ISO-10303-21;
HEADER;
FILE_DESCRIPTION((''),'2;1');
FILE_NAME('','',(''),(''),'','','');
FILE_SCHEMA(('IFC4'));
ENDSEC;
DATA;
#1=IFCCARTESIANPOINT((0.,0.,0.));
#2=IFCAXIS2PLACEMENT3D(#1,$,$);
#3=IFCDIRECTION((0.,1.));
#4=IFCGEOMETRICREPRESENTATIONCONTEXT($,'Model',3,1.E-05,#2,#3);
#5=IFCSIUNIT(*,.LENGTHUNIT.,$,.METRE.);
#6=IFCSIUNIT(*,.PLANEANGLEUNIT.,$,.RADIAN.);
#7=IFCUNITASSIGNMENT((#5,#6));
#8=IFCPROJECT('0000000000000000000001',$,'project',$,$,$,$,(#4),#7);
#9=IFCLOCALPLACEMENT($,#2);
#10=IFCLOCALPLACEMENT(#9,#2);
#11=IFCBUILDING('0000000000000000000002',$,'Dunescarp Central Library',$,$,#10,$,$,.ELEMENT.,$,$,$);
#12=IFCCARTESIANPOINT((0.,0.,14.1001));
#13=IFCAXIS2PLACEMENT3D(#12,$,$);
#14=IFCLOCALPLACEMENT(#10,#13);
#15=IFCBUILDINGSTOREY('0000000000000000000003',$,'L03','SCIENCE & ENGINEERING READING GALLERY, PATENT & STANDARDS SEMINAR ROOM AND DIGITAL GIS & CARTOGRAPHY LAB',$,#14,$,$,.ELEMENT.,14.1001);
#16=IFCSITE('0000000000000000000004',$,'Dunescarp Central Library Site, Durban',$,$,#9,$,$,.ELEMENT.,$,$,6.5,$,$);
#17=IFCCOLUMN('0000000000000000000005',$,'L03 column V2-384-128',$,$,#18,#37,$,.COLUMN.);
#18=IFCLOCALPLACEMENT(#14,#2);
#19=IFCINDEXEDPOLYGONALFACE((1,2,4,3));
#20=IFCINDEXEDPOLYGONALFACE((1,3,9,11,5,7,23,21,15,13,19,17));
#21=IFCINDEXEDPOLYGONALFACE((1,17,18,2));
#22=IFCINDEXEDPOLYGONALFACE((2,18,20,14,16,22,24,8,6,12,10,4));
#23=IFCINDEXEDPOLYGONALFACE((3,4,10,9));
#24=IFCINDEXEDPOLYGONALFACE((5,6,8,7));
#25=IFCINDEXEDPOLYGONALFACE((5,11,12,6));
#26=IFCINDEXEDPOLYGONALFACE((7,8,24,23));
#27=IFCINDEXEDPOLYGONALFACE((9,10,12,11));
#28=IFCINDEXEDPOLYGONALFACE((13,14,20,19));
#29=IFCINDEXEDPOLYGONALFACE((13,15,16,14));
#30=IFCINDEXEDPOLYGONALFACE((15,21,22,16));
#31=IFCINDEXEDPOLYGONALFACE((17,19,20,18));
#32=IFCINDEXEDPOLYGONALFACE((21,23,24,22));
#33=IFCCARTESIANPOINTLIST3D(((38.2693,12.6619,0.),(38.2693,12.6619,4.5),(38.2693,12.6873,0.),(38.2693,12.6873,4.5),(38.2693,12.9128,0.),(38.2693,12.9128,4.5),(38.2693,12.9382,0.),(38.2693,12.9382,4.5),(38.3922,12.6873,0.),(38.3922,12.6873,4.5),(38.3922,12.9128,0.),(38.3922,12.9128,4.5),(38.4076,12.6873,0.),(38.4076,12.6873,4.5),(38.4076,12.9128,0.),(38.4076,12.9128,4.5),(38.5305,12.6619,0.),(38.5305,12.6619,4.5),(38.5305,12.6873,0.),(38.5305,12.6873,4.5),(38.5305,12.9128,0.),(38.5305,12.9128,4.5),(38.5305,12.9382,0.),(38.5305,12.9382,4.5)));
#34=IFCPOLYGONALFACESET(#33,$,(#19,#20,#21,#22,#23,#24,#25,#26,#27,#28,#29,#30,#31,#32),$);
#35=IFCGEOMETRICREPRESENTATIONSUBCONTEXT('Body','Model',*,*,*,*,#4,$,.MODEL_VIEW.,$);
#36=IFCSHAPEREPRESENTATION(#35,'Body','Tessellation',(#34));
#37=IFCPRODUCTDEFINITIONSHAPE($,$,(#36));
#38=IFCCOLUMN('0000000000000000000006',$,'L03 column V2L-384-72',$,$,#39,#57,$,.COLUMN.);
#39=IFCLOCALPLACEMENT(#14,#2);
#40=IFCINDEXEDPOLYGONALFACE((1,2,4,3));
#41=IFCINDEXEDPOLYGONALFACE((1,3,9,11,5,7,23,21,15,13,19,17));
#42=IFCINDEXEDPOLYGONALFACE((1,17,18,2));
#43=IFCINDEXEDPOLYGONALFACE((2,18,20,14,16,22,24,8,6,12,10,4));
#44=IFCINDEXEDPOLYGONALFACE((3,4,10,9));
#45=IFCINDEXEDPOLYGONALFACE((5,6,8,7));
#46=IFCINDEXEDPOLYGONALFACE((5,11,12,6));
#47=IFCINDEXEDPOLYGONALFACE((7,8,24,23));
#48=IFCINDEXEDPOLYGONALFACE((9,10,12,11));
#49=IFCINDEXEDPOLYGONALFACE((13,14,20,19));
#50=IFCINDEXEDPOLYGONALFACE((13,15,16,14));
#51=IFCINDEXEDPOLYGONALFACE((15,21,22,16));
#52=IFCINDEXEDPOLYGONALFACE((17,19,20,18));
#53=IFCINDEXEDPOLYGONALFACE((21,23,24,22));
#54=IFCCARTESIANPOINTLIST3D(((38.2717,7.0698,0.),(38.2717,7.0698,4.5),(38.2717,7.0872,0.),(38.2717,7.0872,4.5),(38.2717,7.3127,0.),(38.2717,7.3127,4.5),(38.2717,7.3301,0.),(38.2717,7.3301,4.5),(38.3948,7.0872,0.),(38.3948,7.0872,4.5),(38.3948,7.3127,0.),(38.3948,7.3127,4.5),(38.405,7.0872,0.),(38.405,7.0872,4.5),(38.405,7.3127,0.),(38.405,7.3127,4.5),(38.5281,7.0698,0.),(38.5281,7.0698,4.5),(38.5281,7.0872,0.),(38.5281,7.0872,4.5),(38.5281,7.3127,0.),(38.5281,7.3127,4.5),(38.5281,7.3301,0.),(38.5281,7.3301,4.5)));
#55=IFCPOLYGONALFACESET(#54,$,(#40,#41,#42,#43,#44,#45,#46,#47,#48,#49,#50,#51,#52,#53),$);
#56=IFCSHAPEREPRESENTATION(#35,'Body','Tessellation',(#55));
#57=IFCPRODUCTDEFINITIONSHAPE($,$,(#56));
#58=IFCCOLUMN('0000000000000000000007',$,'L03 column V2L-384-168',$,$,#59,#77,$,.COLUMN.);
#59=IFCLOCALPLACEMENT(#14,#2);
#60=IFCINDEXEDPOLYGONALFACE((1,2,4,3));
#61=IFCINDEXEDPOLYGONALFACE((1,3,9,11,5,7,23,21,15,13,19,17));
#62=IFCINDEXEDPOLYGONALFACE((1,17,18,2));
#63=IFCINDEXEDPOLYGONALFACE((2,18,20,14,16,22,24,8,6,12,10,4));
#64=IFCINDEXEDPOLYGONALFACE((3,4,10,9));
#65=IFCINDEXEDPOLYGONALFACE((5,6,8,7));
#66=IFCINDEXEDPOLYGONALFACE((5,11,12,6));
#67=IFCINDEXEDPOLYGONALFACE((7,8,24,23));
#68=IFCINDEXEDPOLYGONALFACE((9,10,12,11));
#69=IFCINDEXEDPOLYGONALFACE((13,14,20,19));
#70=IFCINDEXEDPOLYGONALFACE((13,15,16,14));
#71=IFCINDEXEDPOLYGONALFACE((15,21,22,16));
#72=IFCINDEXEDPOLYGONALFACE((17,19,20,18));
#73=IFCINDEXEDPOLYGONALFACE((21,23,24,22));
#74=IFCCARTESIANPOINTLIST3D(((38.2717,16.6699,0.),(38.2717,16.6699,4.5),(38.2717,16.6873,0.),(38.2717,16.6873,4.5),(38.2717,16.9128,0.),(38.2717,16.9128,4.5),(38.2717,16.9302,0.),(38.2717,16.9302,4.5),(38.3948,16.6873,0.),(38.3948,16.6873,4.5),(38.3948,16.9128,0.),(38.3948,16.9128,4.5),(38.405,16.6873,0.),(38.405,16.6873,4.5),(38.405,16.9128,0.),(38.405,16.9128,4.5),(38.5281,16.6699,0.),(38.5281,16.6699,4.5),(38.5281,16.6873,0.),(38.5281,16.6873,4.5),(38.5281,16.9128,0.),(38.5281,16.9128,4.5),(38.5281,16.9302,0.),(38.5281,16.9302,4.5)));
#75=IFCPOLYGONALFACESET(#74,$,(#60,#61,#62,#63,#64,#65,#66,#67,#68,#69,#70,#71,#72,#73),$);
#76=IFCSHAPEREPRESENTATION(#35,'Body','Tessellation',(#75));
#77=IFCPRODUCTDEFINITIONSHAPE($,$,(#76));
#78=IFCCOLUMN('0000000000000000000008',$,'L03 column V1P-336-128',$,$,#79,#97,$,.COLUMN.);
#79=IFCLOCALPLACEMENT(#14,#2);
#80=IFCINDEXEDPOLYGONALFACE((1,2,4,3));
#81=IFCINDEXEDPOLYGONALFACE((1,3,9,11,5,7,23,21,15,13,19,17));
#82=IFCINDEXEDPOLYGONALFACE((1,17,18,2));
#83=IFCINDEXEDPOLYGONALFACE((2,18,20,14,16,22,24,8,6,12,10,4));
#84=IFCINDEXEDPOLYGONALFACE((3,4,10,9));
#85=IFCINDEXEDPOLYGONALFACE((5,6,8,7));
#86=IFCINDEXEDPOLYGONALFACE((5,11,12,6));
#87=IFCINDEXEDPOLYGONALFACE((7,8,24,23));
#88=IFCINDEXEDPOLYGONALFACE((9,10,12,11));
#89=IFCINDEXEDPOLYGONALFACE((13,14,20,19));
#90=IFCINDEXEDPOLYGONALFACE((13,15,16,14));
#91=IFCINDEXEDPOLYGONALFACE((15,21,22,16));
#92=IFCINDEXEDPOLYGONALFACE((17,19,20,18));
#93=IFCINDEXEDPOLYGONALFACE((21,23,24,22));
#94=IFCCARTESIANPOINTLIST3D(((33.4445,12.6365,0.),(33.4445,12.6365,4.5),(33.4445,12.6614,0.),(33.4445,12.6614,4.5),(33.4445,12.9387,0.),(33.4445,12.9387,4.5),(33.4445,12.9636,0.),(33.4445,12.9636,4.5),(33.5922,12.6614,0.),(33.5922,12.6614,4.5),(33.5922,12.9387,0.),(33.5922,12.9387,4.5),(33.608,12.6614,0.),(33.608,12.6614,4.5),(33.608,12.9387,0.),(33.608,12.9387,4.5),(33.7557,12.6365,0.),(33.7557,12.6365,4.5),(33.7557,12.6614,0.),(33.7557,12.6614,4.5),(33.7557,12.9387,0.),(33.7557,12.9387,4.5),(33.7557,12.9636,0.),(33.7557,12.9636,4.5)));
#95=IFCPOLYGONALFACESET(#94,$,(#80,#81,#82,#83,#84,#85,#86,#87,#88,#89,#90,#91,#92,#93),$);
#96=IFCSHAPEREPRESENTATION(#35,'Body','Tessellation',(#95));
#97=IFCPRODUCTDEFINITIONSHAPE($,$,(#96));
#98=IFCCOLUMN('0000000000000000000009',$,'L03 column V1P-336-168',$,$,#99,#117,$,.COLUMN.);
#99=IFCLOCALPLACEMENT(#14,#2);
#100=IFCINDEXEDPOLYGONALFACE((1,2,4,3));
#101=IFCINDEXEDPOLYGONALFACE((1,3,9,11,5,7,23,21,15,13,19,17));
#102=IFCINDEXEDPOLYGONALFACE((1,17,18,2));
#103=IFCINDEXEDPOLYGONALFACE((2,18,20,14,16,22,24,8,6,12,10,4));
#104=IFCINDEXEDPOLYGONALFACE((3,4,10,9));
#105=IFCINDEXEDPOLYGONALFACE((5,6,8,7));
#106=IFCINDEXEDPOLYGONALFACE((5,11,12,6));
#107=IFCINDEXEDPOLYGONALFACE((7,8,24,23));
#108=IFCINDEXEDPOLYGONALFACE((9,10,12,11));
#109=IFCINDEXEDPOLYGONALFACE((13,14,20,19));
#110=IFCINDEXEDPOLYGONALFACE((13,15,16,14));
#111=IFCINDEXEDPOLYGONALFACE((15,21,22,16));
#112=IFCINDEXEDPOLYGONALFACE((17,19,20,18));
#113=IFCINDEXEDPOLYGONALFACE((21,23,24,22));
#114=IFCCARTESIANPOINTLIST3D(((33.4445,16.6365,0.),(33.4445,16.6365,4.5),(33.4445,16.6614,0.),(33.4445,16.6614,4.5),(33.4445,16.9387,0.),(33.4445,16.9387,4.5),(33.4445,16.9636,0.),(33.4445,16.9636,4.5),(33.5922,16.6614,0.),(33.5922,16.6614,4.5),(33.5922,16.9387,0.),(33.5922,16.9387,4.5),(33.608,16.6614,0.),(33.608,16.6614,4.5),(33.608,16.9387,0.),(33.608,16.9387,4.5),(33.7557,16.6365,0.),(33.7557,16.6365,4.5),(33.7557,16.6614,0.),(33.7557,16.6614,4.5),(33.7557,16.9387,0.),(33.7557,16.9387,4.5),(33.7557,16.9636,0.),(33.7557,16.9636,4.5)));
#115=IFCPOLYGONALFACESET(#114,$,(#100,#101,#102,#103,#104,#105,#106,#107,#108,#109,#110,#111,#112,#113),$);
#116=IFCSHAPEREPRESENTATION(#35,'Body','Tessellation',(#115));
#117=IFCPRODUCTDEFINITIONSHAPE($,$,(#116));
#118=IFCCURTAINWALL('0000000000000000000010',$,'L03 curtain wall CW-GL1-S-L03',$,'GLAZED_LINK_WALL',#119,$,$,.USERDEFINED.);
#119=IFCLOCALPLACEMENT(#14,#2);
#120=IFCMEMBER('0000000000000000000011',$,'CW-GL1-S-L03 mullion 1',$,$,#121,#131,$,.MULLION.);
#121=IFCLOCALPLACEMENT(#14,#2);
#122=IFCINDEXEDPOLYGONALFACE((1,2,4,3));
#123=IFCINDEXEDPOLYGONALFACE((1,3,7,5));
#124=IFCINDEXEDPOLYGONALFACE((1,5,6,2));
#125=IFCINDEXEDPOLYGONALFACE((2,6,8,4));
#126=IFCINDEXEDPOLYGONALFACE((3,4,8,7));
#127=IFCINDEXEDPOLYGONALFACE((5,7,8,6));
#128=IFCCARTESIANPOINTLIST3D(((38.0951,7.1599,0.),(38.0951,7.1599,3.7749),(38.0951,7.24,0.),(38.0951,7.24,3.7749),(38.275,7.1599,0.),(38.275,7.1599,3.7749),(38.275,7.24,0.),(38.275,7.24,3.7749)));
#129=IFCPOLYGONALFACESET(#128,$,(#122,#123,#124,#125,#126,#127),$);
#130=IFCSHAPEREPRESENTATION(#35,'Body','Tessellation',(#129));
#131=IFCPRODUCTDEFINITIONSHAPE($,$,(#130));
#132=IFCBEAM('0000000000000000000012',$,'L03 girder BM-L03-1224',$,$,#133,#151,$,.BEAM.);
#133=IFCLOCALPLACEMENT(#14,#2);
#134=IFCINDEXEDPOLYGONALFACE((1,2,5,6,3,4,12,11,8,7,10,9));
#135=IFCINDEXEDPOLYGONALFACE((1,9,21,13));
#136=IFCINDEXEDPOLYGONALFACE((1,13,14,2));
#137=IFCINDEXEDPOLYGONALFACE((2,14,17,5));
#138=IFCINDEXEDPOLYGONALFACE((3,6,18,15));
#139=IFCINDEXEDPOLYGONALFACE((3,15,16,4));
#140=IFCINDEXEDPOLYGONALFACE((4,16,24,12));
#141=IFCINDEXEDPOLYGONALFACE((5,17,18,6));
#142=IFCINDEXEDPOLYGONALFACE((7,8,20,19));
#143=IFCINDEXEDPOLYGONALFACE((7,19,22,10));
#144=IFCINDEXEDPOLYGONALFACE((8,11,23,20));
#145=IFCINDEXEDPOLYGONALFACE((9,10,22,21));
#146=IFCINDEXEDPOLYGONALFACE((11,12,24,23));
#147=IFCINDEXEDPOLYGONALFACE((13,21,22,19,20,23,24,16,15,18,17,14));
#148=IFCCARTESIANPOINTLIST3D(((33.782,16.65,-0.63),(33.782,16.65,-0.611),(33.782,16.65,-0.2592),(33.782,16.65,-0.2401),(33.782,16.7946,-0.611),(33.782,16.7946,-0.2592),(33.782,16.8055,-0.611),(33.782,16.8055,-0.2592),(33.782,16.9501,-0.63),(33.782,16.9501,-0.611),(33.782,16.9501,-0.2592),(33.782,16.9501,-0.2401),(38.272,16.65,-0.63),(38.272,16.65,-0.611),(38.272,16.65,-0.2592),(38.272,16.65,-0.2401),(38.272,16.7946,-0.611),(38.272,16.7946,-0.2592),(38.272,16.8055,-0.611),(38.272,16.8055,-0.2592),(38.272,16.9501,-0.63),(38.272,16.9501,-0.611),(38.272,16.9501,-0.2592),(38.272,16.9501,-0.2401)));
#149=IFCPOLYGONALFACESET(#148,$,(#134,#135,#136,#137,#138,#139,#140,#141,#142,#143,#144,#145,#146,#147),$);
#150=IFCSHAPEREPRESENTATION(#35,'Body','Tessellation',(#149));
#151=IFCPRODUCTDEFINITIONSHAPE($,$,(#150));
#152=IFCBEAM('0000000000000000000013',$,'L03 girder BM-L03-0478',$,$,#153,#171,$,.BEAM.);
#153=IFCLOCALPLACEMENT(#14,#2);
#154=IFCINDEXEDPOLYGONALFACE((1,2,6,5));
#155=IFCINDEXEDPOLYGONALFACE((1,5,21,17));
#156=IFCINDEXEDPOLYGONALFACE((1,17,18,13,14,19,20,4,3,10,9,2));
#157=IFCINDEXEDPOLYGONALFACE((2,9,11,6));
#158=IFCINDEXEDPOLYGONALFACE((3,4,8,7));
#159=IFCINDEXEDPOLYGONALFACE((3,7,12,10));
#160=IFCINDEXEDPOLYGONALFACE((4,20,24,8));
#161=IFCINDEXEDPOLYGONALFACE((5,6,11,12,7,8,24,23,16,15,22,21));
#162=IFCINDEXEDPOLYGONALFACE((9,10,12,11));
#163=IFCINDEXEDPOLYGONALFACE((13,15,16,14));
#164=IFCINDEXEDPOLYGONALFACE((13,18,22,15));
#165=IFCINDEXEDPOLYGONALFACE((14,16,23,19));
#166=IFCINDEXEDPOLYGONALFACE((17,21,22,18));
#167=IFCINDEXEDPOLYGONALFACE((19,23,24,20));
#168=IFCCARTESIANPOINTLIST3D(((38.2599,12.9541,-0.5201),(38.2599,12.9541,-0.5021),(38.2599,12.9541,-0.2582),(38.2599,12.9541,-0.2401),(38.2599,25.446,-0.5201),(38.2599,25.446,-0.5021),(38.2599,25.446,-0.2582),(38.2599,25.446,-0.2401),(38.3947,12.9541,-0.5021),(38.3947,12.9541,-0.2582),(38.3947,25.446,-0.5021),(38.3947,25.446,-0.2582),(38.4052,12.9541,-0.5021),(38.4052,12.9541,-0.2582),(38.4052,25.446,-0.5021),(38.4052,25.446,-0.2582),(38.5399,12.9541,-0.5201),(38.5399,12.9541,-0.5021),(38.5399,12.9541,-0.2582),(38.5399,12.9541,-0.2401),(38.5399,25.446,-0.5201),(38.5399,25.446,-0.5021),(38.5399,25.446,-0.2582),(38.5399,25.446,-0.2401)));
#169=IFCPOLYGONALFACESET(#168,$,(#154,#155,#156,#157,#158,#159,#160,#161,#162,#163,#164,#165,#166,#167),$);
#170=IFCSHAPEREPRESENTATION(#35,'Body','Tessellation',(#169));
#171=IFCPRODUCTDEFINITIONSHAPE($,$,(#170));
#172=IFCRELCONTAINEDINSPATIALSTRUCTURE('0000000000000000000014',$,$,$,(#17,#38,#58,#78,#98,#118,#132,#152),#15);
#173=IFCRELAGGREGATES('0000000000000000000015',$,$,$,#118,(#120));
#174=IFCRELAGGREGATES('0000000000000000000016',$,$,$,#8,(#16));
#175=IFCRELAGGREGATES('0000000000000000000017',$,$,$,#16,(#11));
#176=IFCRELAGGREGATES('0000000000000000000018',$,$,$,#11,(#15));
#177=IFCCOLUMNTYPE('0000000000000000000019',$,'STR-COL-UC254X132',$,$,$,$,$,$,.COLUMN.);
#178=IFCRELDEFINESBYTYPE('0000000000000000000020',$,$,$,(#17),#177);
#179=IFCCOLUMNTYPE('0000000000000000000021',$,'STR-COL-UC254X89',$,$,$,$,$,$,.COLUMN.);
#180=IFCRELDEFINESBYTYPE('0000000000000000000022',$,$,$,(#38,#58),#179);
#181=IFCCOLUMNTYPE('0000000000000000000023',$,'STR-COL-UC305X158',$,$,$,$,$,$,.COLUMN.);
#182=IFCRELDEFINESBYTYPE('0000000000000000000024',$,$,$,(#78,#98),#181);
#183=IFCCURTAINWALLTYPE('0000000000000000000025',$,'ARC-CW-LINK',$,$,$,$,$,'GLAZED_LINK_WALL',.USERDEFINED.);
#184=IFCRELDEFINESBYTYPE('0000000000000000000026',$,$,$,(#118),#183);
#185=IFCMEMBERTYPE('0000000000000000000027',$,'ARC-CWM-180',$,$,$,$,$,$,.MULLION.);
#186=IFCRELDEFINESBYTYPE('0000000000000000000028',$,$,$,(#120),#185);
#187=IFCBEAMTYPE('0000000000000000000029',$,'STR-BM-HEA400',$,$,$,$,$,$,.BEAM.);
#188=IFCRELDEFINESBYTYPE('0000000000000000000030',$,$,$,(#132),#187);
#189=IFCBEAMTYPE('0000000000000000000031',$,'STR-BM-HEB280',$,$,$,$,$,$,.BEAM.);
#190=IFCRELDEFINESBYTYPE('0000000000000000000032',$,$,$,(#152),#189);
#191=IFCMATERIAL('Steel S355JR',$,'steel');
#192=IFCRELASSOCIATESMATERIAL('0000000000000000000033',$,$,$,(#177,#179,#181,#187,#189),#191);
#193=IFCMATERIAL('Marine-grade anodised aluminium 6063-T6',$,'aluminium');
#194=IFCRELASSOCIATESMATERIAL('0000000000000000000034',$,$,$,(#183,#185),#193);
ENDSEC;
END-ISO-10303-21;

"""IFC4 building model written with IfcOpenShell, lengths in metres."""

from ifc_helpers import new_model, si_unit, direction, frame, origin, origin_2d, place, context, subcontext, project, spatial, rectangle, i_section, extrude, material, material_profile, profile_set, type_object, element, aggregate, save


model = new_model("IFC4")

# Units and contexts
model_context = context("Model", 3, precision=1e-05, world=origin(), true_north=direction((0.0, 1.0)))
body_context = subcontext(model_context, "Body", "Model", "MODEL_VIEW")
ifc_project = project(units=[si_unit("LENGTHUNIT", "METRE"), si_unit("PLANEANGLEUNIT", "RADIAN")], contexts=[model_context])

# Site, building, storey
site_placement = place(None, origin())
site = spatial("IfcSite", under=ifc_project, at=site_placement, Name="Dunescarp Central Library Site, Durban", CompositionType="ELEMENT", RefElevation=6.5)
building_placement = place(site_placement, origin())
building = spatial("IfcBuilding", under=site, at=building_placement, Name="Dunescarp Central Library", CompositionType="ELEMENT")
storey_placement = place(building_placement, frame((0.0, 0.0, 14.1001)))
storey = spatial("IfcBuildingStorey", under=building, at=storey_placement, Name="L03", Description="SCIENCE & ENGINEERING READING GALLERY, PATENT & STANDARDS SEMINAR ROOM AND DIGITAL GIS & CARTOGRAPHY LAB", CompositionType="ELEMENT", Elevation=14.1001)

# Columns
ifc_material_1 = material(Name="Steel S355JR", Category="steel")
ifc_material_profile_1 = material_profile(ifc_material_1, i_section(OverallWidth=0.2612, OverallDepth=0.2764, WebThickness=0.0154, FlangeThickness=0.0254, at=origin_2d()), Name="UC 254x254x132")
ifc_profile_set_1 = profile_set([ifc_material_profile_1], Name="Steel S355JR")
column_type_1 = type_object("IfcColumnType", Name="STR-COL-UC254X132", PredefinedType="COLUMN", material=ifc_profile_set_1)
column_placement = place(storey_placement, frame((38.3999, 12.8, 0.0), z_axis=(0.0, 0.0, 1.0), x_axis=(1.0, 0.0, 0.0)))
element("IfcColumn", 1, at=column_placement, inside=storey, type_object=column_type_1, Name="L03 column V2-384-128", PredefinedType="COLUMN", context=body_context, shape_type="SweptSolid", body=[
    extrude(i_section(OverallWidth=0.2612, OverallDepth=0.2764, WebThickness=0.0154, FlangeThickness=0.0254, at=origin_2d()), origin(), (0.0, 0.0, 1.0), 4.5),
])
ifc_material_profile_2 = material_profile(ifc_material_1, i_section(OverallWidth=0.2563, OverallDepth=0.2603, WebThickness=0.0103, FlangeThickness=0.0173, at=origin_2d()), Name="UC 254x254x89")
ifc_profile_set_2 = profile_set([ifc_material_profile_2], Name="Steel S355JR")
column_type_2 = type_object("IfcColumnType", Name="STR-COL-UC254X89", PredefinedType="COLUMN", material=ifc_profile_set_2)
for number, where, z_axis, x_axis, name in (
    (2, (38.3999, 7.2, 0.0), (0.0, 0.0, 1.0), (1.0, 0.0, 0.0), "L03 column V2L-384-72"),
    (3, (38.3999, 16.8, 0.0), (0.0, 0.0, 1.0), (1.0, 0.0, 0.0), "L03 column V2L-384-168"),
):
    element("IfcColumn", number, at=place(storey_placement, frame(where, z_axis=z_axis, x_axis=x_axis)), inside=storey, type_object=column_type_2, Name=name, PredefinedType="COLUMN", context=body_context, shape_type="SweptSolid", body=[
        extrude(i_section(OverallWidth=0.2563, OverallDepth=0.2603, WebThickness=0.0103, FlangeThickness=0.0173, at=origin_2d()), origin(), (0.0, 0.0, 1.0), 4.5),
    ])
ifc_material_profile_3 = material_profile(ifc_material_1, i_section(OverallWidth=0.3113, OverallDepth=0.3271, WebThickness=0.0159, FlangeThickness=0.0249, at=origin_2d()), Name="UC 305x305x158")
ifc_profile_set_3 = profile_set([ifc_material_profile_3], Name="Steel S355JR")
column_type_3 = type_object("IfcColumnType", Name="STR-COL-UC305X158", PredefinedType="COLUMN", material=ifc_profile_set_3)
for number, where, z_axis, x_axis, name in (
    (4, (33.6001, 12.8, 0.0), (0.0, 0.0, 1.0), (1.0, 0.0, 0.0), "L03 column V1P-336-128"),
    (5, (33.6001, 16.8, 0.0), (0.0, 0.0, 1.0), (1.0, 0.0, 0.0), "L03 column V1P-336-168"),
):
    element("IfcColumn", number, at=place(storey_placement, frame(where, z_axis=z_axis, x_axis=x_axis)), inside=storey, type_object=column_type_3, Name=name, PredefinedType="COLUMN", context=body_context, shape_type="SweptSolid", body=[
        extrude(i_section(OverallWidth=0.3113, OverallDepth=0.3271, WebThickness=0.0159, FlangeThickness=0.0249, at=origin_2d()), origin(), (0.0, 0.0, 1.0), 4.5),
    ])

# Curtain wall, member
ifc_material_2 = material(Name="Marine-grade anodised aluminium 6063-T6", Category="aluminium")
curtain_wall_type = type_object("IfcCurtainWallType", Name="ARC-CW-LINK", ElementType="GLAZED_LINK_WALL", PredefinedType="USERDEFINED", material=ifc_material_2)
curtain_wall_placement = place(storey_placement, origin())
curtain_wall = element("IfcCurtainWall", 6, at=curtain_wall_placement, inside=storey, type_object=curtain_wall_type, Name="L03 curtain wall CW-GL1-S-L03", ObjectType="GLAZED_LINK_WALL", PredefinedType="USERDEFINED")
ifc_material_profile_4 = material_profile(ifc_material_2, rectangle(XDim=0.0801, YDim=0.1799, at=origin_2d()), Name="AL 80x180")
ifc_profile_set_4 = profile_set([ifc_material_profile_4], Name="Marine-grade anodised aluminium 6063-T6")
member_type = type_object("IfcMemberType", Name="ARC-CWM-180", PredefinedType="MULLION", material=ifc_profile_set_4)
member_placement = place(storey_placement, frame((38.1851, 7.2, 0.0), z_axis=(0.0, 0.0, 1.0), x_axis=(0.0, -1.0, 0.0)))
member = element("IfcMember", 7, at=member_placement, type_object=member_type, Name="CW-GL1-S-L03 mullion 1", PredefinedType="MULLION", context=body_context, shape_type="SweptSolid", body=[
    extrude(rectangle(XDim=0.0801, YDim=0.1799, at=origin_2d()), origin(), (0.0, 0.0, 1.0), 3.7749),
])
aggregate(curtain_wall, [member])

# Beams
ifc_material_profile_5 = material_profile(ifc_material_1, i_section(OverallWidth=0.3, OverallDepth=0.3899, WebThickness=0.011, FlangeThickness=0.019, at=origin_2d()), Name="HEA 400")
ifc_profile_set_5 = profile_set([ifc_material_profile_5], Name="Steel S355JR")
beam_type_1 = type_object("IfcBeamType", Name="STR-BM-HEA400", PredefinedType="BEAM", material=ifc_profile_set_5)
beam_1_placement = place(storey_placement, frame((33.782, 16.8, -0.4351), z_axis=(1.0, 0.0, 0.0), x_axis=(0.0, 1.0, 0.0)))
element("IfcBeam", 8, at=beam_1_placement, inside=storey, type_object=beam_type_1, Name="L03 girder BM-L03-1224", PredefinedType="BEAM", context=body_context, shape_type="SweptSolid", body=[
    extrude(i_section(OverallWidth=0.3, OverallDepth=0.3899, WebThickness=0.011, FlangeThickness=0.019, at=origin_2d()), origin(), (0.0, 0.0, 1.0), 4.49),
])
ifc_material_profile_6 = material_profile(ifc_material_1, i_section(OverallWidth=0.28, OverallDepth=0.28, WebThickness=0.0105, FlangeThickness=0.0181, at=origin_2d()), Name="HEB 280")
ifc_profile_set_6 = profile_set([ifc_material_profile_6], Name="Steel S355JR")
beam_type_2 = type_object("IfcBeamType", Name="STR-BM-HEB280", PredefinedType="BEAM", material=ifc_profile_set_6)
beam_2_placement = place(storey_placement, frame((38.3999, 12.9541, -0.3801), z_axis=(0.0, 1.0, 0.0), x_axis=(-1.0, 0.0, 0.0)))
element("IfcBeam", 9, at=beam_2_placement, inside=storey, type_object=beam_type_2, Name="L03 girder BM-L03-0478", PredefinedType="BEAM", context=body_context, shape_type="SweptSolid", body=[
    extrude(i_section(OverallWidth=0.28, OverallDepth=0.28, WebThickness=0.0105, FlangeThickness=0.0181, at=origin_2d()), origin(), (0.0, 0.0, 1.0), 12.4919),
])

save(model, "model.ifc")
